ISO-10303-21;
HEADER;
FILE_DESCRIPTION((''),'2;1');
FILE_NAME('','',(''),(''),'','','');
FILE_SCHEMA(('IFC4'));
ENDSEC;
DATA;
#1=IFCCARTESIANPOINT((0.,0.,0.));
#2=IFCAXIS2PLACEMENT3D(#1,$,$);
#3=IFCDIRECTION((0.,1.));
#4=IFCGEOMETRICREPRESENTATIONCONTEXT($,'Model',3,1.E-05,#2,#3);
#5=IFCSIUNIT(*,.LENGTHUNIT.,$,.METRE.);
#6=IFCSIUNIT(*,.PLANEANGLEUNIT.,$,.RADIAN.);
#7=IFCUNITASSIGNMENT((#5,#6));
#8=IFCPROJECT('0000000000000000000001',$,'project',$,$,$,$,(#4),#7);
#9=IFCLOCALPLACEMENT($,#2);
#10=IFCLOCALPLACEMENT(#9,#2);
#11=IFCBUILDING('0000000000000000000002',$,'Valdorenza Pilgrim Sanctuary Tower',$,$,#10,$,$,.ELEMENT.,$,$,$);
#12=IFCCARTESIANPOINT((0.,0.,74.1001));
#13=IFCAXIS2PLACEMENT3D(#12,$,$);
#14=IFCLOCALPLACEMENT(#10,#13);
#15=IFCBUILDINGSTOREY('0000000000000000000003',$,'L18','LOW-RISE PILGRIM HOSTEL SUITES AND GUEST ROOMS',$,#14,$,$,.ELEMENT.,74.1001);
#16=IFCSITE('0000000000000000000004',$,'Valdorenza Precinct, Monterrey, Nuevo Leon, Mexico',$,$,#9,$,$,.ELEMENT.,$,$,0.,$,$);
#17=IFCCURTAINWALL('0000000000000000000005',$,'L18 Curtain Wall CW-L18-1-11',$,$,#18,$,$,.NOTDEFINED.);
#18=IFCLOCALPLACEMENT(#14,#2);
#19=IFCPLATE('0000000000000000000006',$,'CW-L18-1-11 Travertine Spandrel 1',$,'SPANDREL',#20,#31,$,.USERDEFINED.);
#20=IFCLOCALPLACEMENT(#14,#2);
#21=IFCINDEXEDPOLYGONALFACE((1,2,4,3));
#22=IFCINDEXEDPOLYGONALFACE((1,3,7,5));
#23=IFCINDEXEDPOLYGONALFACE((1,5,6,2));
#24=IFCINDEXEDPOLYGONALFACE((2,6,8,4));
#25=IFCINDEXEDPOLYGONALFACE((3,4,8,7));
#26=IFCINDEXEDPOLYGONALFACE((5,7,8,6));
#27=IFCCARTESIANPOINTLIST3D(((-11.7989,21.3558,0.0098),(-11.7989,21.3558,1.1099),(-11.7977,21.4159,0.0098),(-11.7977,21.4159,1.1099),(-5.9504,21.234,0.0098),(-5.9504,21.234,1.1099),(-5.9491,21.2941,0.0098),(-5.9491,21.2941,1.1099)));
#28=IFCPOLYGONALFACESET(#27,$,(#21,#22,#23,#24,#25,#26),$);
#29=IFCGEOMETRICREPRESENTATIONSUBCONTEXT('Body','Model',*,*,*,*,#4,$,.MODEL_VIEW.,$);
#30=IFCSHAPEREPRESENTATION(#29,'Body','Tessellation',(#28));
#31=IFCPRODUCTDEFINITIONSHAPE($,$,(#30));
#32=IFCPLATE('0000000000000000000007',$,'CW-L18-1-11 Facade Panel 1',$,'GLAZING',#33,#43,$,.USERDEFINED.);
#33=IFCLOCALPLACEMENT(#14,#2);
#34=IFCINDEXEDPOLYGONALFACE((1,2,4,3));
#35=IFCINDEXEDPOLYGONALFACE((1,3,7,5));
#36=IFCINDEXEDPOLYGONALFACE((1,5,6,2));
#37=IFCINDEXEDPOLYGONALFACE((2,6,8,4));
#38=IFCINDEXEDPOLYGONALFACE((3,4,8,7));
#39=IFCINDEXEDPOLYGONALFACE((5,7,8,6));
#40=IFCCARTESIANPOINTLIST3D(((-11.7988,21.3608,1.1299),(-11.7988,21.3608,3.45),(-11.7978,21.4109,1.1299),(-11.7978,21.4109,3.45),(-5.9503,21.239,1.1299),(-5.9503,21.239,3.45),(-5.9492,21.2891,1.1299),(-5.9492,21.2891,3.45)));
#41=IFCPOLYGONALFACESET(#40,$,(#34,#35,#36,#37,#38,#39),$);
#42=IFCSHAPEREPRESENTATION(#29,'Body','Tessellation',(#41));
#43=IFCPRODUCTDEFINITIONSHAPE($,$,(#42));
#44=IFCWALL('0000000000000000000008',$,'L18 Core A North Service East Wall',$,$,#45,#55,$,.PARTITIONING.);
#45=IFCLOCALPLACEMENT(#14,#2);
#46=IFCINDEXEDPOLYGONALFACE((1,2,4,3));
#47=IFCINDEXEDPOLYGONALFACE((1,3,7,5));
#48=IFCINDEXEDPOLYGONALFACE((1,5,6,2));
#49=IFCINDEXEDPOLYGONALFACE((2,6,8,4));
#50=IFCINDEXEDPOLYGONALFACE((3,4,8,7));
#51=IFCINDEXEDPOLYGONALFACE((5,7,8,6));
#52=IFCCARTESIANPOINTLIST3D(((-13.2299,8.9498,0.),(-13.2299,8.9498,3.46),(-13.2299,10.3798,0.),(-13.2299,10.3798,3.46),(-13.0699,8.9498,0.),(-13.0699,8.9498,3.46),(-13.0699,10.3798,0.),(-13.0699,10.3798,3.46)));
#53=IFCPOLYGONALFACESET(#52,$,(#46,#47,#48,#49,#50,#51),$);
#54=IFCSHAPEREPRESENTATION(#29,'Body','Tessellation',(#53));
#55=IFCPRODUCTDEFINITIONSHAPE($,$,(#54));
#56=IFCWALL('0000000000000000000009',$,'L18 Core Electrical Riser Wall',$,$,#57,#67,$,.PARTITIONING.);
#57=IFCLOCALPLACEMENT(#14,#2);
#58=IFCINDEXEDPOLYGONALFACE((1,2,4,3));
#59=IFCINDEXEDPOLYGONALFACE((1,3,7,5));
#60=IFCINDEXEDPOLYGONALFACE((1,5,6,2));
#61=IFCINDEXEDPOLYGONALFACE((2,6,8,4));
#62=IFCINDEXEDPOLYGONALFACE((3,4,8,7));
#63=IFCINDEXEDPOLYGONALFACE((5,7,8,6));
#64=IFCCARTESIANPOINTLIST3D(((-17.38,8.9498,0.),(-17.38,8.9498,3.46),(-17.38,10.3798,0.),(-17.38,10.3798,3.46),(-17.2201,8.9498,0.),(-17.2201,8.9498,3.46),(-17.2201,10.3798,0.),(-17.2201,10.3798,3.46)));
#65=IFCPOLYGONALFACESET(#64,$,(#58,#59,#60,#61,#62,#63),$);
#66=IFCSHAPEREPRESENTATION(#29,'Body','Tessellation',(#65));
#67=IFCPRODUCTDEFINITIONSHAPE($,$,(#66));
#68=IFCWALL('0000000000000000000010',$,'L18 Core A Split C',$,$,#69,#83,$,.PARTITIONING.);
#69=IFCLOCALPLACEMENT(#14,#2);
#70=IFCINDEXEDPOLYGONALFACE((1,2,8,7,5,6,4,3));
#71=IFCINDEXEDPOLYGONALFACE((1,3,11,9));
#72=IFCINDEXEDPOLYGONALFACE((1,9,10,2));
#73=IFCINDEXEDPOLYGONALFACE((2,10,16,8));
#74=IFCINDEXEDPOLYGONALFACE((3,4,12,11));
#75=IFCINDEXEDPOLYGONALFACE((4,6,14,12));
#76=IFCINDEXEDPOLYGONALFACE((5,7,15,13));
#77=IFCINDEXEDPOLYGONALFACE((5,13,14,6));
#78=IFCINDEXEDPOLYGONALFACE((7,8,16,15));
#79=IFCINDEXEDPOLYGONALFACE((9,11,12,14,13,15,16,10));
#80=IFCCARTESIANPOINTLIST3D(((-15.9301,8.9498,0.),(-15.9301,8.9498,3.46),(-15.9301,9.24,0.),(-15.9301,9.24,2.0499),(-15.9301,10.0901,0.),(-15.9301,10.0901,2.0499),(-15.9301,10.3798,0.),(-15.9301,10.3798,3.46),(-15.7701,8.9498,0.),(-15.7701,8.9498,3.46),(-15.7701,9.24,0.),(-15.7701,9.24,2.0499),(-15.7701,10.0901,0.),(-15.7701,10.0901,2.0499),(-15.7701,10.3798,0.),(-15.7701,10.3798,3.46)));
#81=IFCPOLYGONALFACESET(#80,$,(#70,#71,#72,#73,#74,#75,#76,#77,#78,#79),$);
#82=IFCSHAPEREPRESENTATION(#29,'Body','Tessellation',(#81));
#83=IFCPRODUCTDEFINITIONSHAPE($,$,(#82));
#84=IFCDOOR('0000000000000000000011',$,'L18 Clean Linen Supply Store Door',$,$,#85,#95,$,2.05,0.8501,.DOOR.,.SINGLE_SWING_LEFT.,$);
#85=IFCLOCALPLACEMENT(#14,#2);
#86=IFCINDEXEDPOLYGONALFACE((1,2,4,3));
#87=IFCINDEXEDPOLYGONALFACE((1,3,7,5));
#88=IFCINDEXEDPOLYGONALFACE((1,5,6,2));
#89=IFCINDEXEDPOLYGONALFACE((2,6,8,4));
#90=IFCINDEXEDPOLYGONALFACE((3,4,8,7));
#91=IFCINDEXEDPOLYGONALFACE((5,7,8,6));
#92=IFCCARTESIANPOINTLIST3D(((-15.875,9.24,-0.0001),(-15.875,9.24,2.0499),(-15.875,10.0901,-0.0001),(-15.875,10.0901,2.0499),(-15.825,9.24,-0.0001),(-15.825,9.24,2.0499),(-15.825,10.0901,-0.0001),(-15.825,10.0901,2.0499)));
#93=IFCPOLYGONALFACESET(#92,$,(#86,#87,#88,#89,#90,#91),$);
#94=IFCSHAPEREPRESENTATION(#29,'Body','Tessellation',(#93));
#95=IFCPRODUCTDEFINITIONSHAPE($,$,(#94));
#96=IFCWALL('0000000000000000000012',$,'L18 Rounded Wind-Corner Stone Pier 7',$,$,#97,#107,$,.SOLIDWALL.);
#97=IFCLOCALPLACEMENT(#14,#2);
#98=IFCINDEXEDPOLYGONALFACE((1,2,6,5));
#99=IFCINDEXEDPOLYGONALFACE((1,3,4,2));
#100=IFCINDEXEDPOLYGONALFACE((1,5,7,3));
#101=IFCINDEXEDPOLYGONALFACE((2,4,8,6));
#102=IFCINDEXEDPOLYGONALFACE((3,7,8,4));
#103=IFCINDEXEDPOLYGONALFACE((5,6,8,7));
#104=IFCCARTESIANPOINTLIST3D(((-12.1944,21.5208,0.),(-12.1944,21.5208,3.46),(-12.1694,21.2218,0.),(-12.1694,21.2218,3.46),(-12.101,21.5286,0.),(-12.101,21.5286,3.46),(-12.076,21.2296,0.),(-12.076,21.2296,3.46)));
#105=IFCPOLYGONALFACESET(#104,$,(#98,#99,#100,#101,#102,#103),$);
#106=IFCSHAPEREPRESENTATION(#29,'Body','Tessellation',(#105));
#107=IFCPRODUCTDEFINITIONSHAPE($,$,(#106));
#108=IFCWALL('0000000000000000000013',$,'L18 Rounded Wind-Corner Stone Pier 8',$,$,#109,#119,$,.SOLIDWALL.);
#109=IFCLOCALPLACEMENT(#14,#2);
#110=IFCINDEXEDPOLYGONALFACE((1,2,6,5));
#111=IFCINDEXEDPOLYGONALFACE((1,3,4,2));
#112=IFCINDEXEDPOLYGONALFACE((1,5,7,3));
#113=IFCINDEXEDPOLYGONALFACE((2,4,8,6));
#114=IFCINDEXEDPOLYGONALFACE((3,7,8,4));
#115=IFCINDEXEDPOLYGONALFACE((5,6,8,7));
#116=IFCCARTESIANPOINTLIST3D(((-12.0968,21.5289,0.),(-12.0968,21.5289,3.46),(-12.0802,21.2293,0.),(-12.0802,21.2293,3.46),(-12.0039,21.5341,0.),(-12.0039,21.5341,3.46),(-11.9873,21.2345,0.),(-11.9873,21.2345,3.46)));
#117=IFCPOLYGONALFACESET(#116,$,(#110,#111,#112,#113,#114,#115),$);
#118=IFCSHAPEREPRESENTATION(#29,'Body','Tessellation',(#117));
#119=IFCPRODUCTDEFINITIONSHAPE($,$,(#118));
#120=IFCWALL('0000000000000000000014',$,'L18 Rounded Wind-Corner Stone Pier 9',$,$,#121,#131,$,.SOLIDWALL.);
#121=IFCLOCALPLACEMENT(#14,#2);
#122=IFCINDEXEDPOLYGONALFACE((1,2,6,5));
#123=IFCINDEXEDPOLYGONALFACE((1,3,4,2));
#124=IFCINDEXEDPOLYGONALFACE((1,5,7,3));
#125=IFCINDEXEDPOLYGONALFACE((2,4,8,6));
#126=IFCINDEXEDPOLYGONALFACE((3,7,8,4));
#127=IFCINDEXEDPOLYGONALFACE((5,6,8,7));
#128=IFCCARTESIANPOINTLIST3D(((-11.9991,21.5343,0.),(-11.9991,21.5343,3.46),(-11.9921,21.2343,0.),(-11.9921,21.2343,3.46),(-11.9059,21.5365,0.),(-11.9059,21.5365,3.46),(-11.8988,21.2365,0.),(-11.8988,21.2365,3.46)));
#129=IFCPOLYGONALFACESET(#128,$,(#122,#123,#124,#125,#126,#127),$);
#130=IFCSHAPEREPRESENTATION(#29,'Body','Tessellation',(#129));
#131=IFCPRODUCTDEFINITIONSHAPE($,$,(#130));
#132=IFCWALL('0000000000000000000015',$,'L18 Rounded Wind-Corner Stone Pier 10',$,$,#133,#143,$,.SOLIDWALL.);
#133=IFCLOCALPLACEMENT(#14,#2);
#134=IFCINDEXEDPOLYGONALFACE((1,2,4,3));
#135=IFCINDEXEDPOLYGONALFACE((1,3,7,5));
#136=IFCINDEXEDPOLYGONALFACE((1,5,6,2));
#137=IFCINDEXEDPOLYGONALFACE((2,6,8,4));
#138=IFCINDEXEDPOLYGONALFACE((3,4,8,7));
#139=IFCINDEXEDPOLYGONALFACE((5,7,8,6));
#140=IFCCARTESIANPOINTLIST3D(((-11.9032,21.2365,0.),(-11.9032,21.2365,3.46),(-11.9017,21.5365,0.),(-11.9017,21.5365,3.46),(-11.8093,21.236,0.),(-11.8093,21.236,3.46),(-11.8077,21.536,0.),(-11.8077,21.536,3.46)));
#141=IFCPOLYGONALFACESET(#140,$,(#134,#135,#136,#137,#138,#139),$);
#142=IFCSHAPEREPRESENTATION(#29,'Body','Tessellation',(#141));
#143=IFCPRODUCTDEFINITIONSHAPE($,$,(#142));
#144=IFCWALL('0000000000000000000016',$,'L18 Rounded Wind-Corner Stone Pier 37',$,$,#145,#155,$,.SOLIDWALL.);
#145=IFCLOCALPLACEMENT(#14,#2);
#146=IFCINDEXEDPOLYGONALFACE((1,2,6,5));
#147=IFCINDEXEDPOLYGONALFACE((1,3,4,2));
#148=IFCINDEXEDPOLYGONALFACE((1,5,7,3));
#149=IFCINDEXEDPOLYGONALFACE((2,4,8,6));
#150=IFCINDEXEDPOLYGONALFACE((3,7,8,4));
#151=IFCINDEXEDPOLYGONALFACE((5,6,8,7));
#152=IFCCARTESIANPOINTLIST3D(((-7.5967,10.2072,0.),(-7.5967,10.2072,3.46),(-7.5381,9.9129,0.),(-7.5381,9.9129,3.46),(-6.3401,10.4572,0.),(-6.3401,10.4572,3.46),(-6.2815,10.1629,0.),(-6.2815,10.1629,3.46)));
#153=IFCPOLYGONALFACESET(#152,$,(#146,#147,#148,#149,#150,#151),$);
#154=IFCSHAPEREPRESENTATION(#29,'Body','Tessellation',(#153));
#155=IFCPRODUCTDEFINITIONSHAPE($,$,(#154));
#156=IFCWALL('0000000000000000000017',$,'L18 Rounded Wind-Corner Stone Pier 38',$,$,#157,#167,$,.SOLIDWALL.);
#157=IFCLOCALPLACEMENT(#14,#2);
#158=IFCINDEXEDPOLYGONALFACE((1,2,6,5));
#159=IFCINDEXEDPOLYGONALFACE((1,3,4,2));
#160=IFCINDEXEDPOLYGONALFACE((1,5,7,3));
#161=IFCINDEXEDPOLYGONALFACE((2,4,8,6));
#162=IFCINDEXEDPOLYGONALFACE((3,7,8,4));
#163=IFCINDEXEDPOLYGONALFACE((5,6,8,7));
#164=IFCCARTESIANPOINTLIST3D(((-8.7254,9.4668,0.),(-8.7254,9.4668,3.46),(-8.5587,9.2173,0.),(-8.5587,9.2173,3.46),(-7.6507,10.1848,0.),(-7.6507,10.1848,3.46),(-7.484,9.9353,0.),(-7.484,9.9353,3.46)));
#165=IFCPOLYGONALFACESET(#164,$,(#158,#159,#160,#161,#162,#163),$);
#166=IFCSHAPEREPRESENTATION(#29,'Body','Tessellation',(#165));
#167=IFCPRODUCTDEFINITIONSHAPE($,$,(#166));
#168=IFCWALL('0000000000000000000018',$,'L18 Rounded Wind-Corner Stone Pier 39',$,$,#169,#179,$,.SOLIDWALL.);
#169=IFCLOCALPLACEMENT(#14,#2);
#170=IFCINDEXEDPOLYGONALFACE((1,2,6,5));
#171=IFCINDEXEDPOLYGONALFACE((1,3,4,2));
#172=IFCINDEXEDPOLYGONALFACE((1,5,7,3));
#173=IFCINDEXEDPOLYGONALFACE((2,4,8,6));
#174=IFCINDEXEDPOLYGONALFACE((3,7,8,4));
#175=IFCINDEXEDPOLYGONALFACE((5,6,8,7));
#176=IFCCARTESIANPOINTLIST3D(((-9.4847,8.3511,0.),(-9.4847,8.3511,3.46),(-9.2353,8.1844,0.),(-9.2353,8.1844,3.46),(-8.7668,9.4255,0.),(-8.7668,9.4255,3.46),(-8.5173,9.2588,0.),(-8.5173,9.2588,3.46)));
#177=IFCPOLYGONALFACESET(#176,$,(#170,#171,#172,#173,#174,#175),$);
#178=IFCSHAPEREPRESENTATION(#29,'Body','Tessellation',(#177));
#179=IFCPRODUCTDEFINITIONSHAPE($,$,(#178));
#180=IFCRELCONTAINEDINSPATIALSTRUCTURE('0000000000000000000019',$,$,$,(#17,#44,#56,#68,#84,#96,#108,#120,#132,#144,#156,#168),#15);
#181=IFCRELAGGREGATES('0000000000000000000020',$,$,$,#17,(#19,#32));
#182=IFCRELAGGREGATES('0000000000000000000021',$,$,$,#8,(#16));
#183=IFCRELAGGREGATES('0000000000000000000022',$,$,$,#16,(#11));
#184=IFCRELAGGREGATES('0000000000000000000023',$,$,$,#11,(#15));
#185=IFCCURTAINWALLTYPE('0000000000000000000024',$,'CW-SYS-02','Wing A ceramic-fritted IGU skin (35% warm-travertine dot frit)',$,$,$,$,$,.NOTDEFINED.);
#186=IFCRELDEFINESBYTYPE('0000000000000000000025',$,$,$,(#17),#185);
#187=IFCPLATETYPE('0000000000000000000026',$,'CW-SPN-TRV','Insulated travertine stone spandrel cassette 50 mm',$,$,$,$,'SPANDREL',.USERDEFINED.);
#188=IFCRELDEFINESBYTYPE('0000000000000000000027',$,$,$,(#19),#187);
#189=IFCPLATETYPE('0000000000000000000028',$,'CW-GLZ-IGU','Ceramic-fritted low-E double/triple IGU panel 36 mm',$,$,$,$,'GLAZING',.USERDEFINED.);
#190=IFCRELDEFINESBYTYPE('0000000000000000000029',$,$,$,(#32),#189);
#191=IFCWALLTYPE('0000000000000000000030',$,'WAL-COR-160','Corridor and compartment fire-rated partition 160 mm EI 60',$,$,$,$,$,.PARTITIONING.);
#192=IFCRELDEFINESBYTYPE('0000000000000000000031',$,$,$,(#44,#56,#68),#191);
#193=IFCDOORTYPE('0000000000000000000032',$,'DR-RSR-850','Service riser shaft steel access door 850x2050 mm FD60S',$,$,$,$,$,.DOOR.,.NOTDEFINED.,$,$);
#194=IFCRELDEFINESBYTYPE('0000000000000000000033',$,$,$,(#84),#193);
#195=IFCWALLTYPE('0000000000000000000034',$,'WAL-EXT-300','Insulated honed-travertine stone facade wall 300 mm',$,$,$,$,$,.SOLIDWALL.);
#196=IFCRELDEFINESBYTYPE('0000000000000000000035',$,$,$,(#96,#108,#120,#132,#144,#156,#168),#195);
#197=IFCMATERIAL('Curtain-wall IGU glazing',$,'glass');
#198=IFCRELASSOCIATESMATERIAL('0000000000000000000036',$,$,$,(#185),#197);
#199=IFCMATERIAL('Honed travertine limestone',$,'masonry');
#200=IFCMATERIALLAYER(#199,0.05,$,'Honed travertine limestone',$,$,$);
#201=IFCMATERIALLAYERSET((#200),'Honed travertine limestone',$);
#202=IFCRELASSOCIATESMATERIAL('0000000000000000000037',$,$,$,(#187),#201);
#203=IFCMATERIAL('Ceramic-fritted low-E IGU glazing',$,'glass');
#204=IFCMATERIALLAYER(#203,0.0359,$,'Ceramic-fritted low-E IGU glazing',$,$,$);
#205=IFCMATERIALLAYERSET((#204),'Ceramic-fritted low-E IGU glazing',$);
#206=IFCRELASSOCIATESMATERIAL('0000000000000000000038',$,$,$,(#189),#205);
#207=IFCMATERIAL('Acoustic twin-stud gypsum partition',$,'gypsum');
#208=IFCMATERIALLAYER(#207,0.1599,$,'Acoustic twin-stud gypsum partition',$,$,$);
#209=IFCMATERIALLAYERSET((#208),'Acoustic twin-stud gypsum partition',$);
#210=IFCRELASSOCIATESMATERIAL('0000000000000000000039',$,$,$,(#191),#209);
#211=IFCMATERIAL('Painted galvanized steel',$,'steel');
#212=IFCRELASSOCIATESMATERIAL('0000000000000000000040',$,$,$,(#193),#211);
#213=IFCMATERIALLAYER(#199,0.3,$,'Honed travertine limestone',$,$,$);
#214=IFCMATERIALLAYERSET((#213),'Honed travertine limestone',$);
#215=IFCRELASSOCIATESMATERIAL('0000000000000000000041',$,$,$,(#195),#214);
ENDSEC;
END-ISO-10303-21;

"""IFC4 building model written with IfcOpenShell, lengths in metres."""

from ifc_helpers import new_model, si_unit, direction, frame, frame_2d, origin, origin_2d, place, context, subcontext, project, spatial, rectangle, extrude, source, transform, mapped, material, layer, layer_set, type_object, element, fill, aggregate, save


model = new_model("IFC4")

# Units and contexts
model_context = context("Model", 3, precision=1e-05, world=origin(), true_north=direction((0.0, 1.0)))
body_context = subcontext(model_context, "Body", "Model", "MODEL_VIEW")
ifc_project = project(units=[si_unit("LENGTHUNIT", "METRE"), si_unit("PLANEANGLEUNIT", "RADIAN")], contexts=[model_context])

# Site, building, storey
site_placement = place(None, origin())
site = spatial("IfcSite", under=ifc_project, at=site_placement, Name="Valdorenza Precinct, Monterrey, Nuevo Leon, Mexico", CompositionType="ELEMENT", RefElevation=0.0)
building_placement = place(site_placement, origin())
building = spatial("IfcBuilding", under=site, at=building_placement, Name="Valdorenza Pilgrim Sanctuary Tower", CompositionType="ELEMENT")
storey_placement = place(building_placement, frame((0.0, 0.0, 74.1001)))
storey = spatial("IfcBuildingStorey", under=building, at=storey_placement, Name="L18", Description="LOW-RISE PILGRIM HOSTEL SUITES AND GUEST ROOMS", CompositionType="ELEMENT", Elevation=74.1001)

# Curtain wall
ifc_material_1 = material(Name="Curtain-wall IGU glazing", Category="glass")
curtain_wall_type = type_object("IfcCurtainWallType", Name="CW-SYS-02", Description="Wing A ceramic-fritted IGU skin (35% warm-travertine dot frit)", PredefinedType="NOTDEFINED", material=ifc_material_1)
curtain_wall_1_placement = place(storey_placement, origin())
curtain_wall_1 = element("IfcCurtainWall", 1, at=curtain_wall_1_placement, inside=storey, type_object=curtain_wall_type, Name="L18 Curtain Wall CW-L18-1-11", PredefinedType="NOTDEFINED")

# Plates
ifc_material_2 = material(Name="Honed travertine limestone", Category="masonry")
ifc_layer_1 = layer(ifc_material_2, 0.05, Name="Honed travertine limestone")
ifc_layer_set_1 = layer_set([ifc_layer_1], Name="Honed travertine limestone")
plate_type_1 = type_object("IfcPlateType", Name="CW-SPN-TRV", Description="Insulated travertine stone spandrel cassette 50 mm", ElementType="SPANDREL", PredefinedType="USERDEFINED", material=ifc_layer_set_1)
ifc_material_3 = material(Name="Ceramic-fritted low-E IGU glazing", Category="glass")
ifc_layer_2 = layer(ifc_material_3, 0.0359, Name="Ceramic-fritted low-E IGU glazing")
ifc_layer_set_2 = layer_set([ifc_layer_2], Name="Ceramic-fritted low-E IGU glazing")
plate_type_2 = type_object("IfcPlateType", Name="CW-GLZ-IGU", Description="Ceramic-fritted low-E double/triple IGU panel 36 mm", ElementType="GLAZING", PredefinedType="USERDEFINED", material=ifc_layer_set_2)
shared_shape_1 = source(origin(), body_context, "Body", "SweptSolid", [
    extrude(rectangle(XDim=5.8499, YDim=0.0601, at=origin_2d()), origin(), (0.0, 0.0, 1.0), 1.1001),
])
plate_1_placement = place(storey_placement, frame((-8.874, 21.325, 0.0098), z_axis=(0.0, 0.0, 1.0), x_axis=(0.999783, -0.02082, 0.0)))
plate_1 = element("IfcPlate", 2, at=plate_1_placement, type_object=plate_type_1, Name="CW-L18-1-11 Travertine Spandrel 1", ObjectType="SPANDREL", PredefinedType="USERDEFINED", context=body_context, shape_type="MappedRepresentation", body=[
    mapped(shared_shape_1, transform((0.0, 0.0, 0.0), x_axis=(1.0, 0.0, 0.0), y_axis=(0.0, 1.0, 0.0), z_axis=(0.0, 0.0, 1.0), scale=1.0)),
])
shared_shape_2 = source(origin(), body_context, "Body", "SweptSolid", [
    extrude(rectangle(XDim=5.8499, YDim=0.05, at=origin_2d()), origin(), (0.0, 0.0, 1.0), 2.3201),
])
plate_2_placement = place(storey_placement, frame((-8.874, 21.325, 1.1299), z_axis=(0.0, 0.0, 1.0), x_axis=(0.999783, -0.02082, 0.0)))
plate_2 = element("IfcPlate", 3, at=plate_2_placement, type_object=plate_type_2, Name="CW-L18-1-11 Facade Panel 1", ObjectType="GLAZING", PredefinedType="USERDEFINED", context=body_context, shape_type="MappedRepresentation", body=[
    mapped(shared_shape_2, transform((0.0, 0.0, 0.0), x_axis=(1.0, 0.0, 0.0), y_axis=(0.0, 1.0, 0.0), z_axis=(0.0, 0.0, 1.0), scale=1.0)),
])
aggregate(curtain_wall_1, [plate_1, plate_2])

# Walls
ifc_material_4 = material(Name="Acoustic twin-stud gypsum partition", Category="gypsum")
ifc_layer_3 = layer(ifc_material_4, 0.1599, Name="Acoustic twin-stud gypsum partition")
ifc_layer_set_3 = layer_set([ifc_layer_3], Name="Acoustic twin-stud gypsum partition")
wall_type_1 = type_object("IfcWallType", Name="WAL-COR-160", Description="Corridor and compartment fire-rated partition 160 mm EI 60", PredefinedType="PARTITIONING", material=ifc_layer_set_3)
for number, where, z_axis, x_axis, name in (
    (4, (-13.1499, 8.95, 0.0), (0.0, 0.0, 1.0), (0.0, 1.0, 0.0), "L18 Core A North Service East Wall"),
    (5, (-17.3, 8.95, 0.0), (0.0, 0.0, 1.0), (0.0, 1.0, 0.0), "L18 Core Electrical Riser Wall"),
):
    element("IfcWall", number, at=place(storey_placement, frame(where, z_axis=z_axis, x_axis=x_axis)), inside=storey, type_object=wall_type_1, Name=name, PredefinedType="PARTITIONING", context=body_context, shape_type="SweptSolid", body=[
        extrude(rectangle(XDim=1.4299, YDim=0.1599, at=frame_2d((0.7148, 0.0))), origin(), (0.0, 0.0, 1.0), 3.46),
    ])

# Wall, opening, door
wall_1_placement = place(storey_placement, frame((-15.8501, 8.95, 0.0), z_axis=(0.0, 0.0, 1.0), x_axis=(0.0, 1.0, 0.0)))
wall_1 = element("IfcWall", 6, at=wall_1_placement, inside=storey, type_object=wall_type_1, Name="L18 Core A Split C", PredefinedType="PARTITIONING", context=body_context, shape_type="SweptSolid", body=[
    extrude(rectangle(XDim=1.4299, YDim=0.1599, at=frame_2d((0.7148, 0.0))), origin(), (0.0, 0.0, 1.0), 3.46),
])
opening_placement = place(wall_1_placement, frame((0.29, 0.0, 0.0)))
opening = element("IfcOpeningElement", 7, at=opening_placement, cuts=wall_1, PredefinedType="OPENING", context=body_context, shape_type="SweptSolid", body=[
    extrude(rectangle(XDim=0.8501, YDim=2.05, at=frame_2d((0.425, 1.0249))), frame((0.0, 0.0947, 0.0), z_axis=(0.0, -1.0, 0.0), x_axis=(1.0, 0.0, 0.0)), (0.0, 0.0, 1.0), 0.1897),
])
ifc_material_5 = material(Name="Painted galvanized steel", Category="steel")
door_type = type_object("IfcDoorType", Name="DR-RSR-850", Description="Service riser shaft steel access door 850x2050 mm FD60S", OperationType="NOTDEFINED", PredefinedType="DOOR", material=ifc_material_5)
door_placement = place(opening_placement, origin())
door = element("IfcDoor", 8, at=door_placement, inside=storey, type_object=door_type, Name="L18 Clean Linen Supply Store Door", OperationType="SINGLE_SWING_LEFT", OverallHeight=2.05, OverallWidth=0.8501, PredefinedType="DOOR", context=body_context, shape_type="SweptSolid", body=[
    extrude(rectangle(XDim=0.8501, YDim=2.05, at=frame_2d((0.425, 1.0249))), frame((0.0, 0.0249, 0.0), z_axis=(0.0, -1.0, 0.0), x_axis=(1.0, 0.0, 0.0)), (0.0, 0.0, 1.0), 0.05),
])
fill(opening, door)

# Walls
ifc_layer_4 = layer(ifc_material_2, 0.3, Name="Honed travertine limestone")
ifc_layer_set_4 = layer_set([ifc_layer_4], Name="Honed travertine limestone")
wall_type_2 = type_object("IfcWallType", Name="WAL-EXT-300", Description="Insulated honed-travertine stone facade wall 300 mm", PredefinedType="SOLIDWALL", material=ifc_layer_set_4)
wall_2_placement = place(storey_placement, frame((-12.1819, 21.3713, 0.0), z_axis=(0.0, 0.0, 1.0), x_axis=(0.996528, 0.083261, 0.0)))
element("IfcWall", 9, at=wall_2_placement, inside=storey, type_object=wall_type_2, Name="L18 Rounded Wind-Corner Stone Pier 7", PredefinedType="SOLIDWALL", context=body_context, shape_type="SweptSolid", body=[
    extrude(rectangle(XDim=0.0938, YDim=0.3, at=frame_2d((0.0469, 0.0))), origin(), (0.0, 0.0, 1.0), 3.46),
])
wall_3_placement = place(storey_placement, frame((-12.0884, 21.3792, 0.0), z_axis=(0.0, 0.0, 1.0), x_axis=(0.998476, 0.055179, 0.0)))
element("IfcWall", 10, at=wall_3_placement, inside=storey, type_object=wall_type_2, Name="L18 Rounded Wind-Corner Stone Pier 8", PredefinedType="SOLIDWALL", context=body_context, shape_type="SweptSolid", body=[
    extrude(rectangle(XDim=0.093, YDim=0.3, at=frame_2d((0.0464, 0.0))), origin(), (0.0, 0.0, 1.0), 3.46),
])
wall_4_placement = place(storey_placement, frame((-11.9956, 21.3843, 0.0), z_axis=(0.0, 0.0, 1.0), x_axis=(0.999723, 0.023554, 0.0)))
element("IfcWall", 11, at=wall_4_placement, inside=storey, type_object=wall_type_2, Name="L18 Rounded Wind-Corner Stone Pier 9", PredefinedType="SOLIDWALL", context=body_context, shape_type="SweptSolid", body=[
    extrude(rectangle(XDim=0.0933, YDim=0.3, at=frame_2d((0.0466, 0.0))), origin(), (0.0, 0.0, 1.0), 3.46),
])
wall_5_placement = place(storey_placement, frame((-11.9023, 21.3865, 0.0), z_axis=(0.0, 0.0, 1.0), x_axis=(0.999987, -0.005195, 0.0)))
element("IfcWall", 12, at=wall_5_placement, inside=storey, type_object=wall_type_2, Name="L18 Rounded Wind-Corner Stone Pier 10", PredefinedType="SOLIDWALL", context=body_context, shape_type="SweptSolid", body=[
    extrude(rectangle(XDim=0.094, YDim=0.3, at=frame_2d((0.0469, 0.0))), origin(), (0.0, 0.0, 1.0), 3.46),
])
wall_6_placement = place(storey_placement, frame((-6.3108, 10.3101, 0.0), z_axis=(0.0, 0.0, 1.0), x_axis=(-0.980778, -0.195127, 0.0)))
element("IfcWall", 13, at=wall_6_placement, inside=storey, type_object=wall_type_2, Name="L18 Rounded Wind-Corner Stone Pier 37", PredefinedType="SOLIDWALL", context=body_context, shape_type="SweptSolid", body=[
    extrude(rectangle(XDim=1.2812, YDim=0.3, at=frame_2d((0.6406, 0.0))), origin(), (0.0, 0.0, 1.0), 3.46),
])
wall_7_placement = place(storey_placement, frame((-7.5674, 10.0601, 0.0), z_axis=(0.0, 0.0, 1.0), x_axis=(-0.831498, -0.555528, 0.0)))
element("IfcWall", 14, at=wall_7_placement, inside=storey, type_object=wall_type_2, Name="L18 Rounded Wind-Corner Stone Pier 38", PredefinedType="SOLIDWALL", context=body_context, shape_type="SweptSolid", body=[
    extrude(rectangle(XDim=1.2925, YDim=0.3, at=frame_2d((0.6462, 0.0))), origin(), (0.0, 0.0, 1.0), 3.46),
])
wall_8_placement = place(storey_placement, frame((-8.6421, 9.342, 0.0), z_axis=(0.0, 0.0, 1.0), x_axis=(-0.555615, -0.831439, 0.0)))
element("IfcWall", 15, at=wall_8_placement, inside=storey, type_object=wall_type_2, Name="L18 Rounded Wind-Corner Stone Pier 39", PredefinedType="SOLIDWALL", context=body_context, shape_type="SweptSolid", body=[
    extrude(rectangle(XDim=1.2922, YDim=0.3, at=frame_2d((0.646, 0.0))), origin(), (0.0, 0.0, 1.0), 3.46),
])

save(model, "model.ifc")
